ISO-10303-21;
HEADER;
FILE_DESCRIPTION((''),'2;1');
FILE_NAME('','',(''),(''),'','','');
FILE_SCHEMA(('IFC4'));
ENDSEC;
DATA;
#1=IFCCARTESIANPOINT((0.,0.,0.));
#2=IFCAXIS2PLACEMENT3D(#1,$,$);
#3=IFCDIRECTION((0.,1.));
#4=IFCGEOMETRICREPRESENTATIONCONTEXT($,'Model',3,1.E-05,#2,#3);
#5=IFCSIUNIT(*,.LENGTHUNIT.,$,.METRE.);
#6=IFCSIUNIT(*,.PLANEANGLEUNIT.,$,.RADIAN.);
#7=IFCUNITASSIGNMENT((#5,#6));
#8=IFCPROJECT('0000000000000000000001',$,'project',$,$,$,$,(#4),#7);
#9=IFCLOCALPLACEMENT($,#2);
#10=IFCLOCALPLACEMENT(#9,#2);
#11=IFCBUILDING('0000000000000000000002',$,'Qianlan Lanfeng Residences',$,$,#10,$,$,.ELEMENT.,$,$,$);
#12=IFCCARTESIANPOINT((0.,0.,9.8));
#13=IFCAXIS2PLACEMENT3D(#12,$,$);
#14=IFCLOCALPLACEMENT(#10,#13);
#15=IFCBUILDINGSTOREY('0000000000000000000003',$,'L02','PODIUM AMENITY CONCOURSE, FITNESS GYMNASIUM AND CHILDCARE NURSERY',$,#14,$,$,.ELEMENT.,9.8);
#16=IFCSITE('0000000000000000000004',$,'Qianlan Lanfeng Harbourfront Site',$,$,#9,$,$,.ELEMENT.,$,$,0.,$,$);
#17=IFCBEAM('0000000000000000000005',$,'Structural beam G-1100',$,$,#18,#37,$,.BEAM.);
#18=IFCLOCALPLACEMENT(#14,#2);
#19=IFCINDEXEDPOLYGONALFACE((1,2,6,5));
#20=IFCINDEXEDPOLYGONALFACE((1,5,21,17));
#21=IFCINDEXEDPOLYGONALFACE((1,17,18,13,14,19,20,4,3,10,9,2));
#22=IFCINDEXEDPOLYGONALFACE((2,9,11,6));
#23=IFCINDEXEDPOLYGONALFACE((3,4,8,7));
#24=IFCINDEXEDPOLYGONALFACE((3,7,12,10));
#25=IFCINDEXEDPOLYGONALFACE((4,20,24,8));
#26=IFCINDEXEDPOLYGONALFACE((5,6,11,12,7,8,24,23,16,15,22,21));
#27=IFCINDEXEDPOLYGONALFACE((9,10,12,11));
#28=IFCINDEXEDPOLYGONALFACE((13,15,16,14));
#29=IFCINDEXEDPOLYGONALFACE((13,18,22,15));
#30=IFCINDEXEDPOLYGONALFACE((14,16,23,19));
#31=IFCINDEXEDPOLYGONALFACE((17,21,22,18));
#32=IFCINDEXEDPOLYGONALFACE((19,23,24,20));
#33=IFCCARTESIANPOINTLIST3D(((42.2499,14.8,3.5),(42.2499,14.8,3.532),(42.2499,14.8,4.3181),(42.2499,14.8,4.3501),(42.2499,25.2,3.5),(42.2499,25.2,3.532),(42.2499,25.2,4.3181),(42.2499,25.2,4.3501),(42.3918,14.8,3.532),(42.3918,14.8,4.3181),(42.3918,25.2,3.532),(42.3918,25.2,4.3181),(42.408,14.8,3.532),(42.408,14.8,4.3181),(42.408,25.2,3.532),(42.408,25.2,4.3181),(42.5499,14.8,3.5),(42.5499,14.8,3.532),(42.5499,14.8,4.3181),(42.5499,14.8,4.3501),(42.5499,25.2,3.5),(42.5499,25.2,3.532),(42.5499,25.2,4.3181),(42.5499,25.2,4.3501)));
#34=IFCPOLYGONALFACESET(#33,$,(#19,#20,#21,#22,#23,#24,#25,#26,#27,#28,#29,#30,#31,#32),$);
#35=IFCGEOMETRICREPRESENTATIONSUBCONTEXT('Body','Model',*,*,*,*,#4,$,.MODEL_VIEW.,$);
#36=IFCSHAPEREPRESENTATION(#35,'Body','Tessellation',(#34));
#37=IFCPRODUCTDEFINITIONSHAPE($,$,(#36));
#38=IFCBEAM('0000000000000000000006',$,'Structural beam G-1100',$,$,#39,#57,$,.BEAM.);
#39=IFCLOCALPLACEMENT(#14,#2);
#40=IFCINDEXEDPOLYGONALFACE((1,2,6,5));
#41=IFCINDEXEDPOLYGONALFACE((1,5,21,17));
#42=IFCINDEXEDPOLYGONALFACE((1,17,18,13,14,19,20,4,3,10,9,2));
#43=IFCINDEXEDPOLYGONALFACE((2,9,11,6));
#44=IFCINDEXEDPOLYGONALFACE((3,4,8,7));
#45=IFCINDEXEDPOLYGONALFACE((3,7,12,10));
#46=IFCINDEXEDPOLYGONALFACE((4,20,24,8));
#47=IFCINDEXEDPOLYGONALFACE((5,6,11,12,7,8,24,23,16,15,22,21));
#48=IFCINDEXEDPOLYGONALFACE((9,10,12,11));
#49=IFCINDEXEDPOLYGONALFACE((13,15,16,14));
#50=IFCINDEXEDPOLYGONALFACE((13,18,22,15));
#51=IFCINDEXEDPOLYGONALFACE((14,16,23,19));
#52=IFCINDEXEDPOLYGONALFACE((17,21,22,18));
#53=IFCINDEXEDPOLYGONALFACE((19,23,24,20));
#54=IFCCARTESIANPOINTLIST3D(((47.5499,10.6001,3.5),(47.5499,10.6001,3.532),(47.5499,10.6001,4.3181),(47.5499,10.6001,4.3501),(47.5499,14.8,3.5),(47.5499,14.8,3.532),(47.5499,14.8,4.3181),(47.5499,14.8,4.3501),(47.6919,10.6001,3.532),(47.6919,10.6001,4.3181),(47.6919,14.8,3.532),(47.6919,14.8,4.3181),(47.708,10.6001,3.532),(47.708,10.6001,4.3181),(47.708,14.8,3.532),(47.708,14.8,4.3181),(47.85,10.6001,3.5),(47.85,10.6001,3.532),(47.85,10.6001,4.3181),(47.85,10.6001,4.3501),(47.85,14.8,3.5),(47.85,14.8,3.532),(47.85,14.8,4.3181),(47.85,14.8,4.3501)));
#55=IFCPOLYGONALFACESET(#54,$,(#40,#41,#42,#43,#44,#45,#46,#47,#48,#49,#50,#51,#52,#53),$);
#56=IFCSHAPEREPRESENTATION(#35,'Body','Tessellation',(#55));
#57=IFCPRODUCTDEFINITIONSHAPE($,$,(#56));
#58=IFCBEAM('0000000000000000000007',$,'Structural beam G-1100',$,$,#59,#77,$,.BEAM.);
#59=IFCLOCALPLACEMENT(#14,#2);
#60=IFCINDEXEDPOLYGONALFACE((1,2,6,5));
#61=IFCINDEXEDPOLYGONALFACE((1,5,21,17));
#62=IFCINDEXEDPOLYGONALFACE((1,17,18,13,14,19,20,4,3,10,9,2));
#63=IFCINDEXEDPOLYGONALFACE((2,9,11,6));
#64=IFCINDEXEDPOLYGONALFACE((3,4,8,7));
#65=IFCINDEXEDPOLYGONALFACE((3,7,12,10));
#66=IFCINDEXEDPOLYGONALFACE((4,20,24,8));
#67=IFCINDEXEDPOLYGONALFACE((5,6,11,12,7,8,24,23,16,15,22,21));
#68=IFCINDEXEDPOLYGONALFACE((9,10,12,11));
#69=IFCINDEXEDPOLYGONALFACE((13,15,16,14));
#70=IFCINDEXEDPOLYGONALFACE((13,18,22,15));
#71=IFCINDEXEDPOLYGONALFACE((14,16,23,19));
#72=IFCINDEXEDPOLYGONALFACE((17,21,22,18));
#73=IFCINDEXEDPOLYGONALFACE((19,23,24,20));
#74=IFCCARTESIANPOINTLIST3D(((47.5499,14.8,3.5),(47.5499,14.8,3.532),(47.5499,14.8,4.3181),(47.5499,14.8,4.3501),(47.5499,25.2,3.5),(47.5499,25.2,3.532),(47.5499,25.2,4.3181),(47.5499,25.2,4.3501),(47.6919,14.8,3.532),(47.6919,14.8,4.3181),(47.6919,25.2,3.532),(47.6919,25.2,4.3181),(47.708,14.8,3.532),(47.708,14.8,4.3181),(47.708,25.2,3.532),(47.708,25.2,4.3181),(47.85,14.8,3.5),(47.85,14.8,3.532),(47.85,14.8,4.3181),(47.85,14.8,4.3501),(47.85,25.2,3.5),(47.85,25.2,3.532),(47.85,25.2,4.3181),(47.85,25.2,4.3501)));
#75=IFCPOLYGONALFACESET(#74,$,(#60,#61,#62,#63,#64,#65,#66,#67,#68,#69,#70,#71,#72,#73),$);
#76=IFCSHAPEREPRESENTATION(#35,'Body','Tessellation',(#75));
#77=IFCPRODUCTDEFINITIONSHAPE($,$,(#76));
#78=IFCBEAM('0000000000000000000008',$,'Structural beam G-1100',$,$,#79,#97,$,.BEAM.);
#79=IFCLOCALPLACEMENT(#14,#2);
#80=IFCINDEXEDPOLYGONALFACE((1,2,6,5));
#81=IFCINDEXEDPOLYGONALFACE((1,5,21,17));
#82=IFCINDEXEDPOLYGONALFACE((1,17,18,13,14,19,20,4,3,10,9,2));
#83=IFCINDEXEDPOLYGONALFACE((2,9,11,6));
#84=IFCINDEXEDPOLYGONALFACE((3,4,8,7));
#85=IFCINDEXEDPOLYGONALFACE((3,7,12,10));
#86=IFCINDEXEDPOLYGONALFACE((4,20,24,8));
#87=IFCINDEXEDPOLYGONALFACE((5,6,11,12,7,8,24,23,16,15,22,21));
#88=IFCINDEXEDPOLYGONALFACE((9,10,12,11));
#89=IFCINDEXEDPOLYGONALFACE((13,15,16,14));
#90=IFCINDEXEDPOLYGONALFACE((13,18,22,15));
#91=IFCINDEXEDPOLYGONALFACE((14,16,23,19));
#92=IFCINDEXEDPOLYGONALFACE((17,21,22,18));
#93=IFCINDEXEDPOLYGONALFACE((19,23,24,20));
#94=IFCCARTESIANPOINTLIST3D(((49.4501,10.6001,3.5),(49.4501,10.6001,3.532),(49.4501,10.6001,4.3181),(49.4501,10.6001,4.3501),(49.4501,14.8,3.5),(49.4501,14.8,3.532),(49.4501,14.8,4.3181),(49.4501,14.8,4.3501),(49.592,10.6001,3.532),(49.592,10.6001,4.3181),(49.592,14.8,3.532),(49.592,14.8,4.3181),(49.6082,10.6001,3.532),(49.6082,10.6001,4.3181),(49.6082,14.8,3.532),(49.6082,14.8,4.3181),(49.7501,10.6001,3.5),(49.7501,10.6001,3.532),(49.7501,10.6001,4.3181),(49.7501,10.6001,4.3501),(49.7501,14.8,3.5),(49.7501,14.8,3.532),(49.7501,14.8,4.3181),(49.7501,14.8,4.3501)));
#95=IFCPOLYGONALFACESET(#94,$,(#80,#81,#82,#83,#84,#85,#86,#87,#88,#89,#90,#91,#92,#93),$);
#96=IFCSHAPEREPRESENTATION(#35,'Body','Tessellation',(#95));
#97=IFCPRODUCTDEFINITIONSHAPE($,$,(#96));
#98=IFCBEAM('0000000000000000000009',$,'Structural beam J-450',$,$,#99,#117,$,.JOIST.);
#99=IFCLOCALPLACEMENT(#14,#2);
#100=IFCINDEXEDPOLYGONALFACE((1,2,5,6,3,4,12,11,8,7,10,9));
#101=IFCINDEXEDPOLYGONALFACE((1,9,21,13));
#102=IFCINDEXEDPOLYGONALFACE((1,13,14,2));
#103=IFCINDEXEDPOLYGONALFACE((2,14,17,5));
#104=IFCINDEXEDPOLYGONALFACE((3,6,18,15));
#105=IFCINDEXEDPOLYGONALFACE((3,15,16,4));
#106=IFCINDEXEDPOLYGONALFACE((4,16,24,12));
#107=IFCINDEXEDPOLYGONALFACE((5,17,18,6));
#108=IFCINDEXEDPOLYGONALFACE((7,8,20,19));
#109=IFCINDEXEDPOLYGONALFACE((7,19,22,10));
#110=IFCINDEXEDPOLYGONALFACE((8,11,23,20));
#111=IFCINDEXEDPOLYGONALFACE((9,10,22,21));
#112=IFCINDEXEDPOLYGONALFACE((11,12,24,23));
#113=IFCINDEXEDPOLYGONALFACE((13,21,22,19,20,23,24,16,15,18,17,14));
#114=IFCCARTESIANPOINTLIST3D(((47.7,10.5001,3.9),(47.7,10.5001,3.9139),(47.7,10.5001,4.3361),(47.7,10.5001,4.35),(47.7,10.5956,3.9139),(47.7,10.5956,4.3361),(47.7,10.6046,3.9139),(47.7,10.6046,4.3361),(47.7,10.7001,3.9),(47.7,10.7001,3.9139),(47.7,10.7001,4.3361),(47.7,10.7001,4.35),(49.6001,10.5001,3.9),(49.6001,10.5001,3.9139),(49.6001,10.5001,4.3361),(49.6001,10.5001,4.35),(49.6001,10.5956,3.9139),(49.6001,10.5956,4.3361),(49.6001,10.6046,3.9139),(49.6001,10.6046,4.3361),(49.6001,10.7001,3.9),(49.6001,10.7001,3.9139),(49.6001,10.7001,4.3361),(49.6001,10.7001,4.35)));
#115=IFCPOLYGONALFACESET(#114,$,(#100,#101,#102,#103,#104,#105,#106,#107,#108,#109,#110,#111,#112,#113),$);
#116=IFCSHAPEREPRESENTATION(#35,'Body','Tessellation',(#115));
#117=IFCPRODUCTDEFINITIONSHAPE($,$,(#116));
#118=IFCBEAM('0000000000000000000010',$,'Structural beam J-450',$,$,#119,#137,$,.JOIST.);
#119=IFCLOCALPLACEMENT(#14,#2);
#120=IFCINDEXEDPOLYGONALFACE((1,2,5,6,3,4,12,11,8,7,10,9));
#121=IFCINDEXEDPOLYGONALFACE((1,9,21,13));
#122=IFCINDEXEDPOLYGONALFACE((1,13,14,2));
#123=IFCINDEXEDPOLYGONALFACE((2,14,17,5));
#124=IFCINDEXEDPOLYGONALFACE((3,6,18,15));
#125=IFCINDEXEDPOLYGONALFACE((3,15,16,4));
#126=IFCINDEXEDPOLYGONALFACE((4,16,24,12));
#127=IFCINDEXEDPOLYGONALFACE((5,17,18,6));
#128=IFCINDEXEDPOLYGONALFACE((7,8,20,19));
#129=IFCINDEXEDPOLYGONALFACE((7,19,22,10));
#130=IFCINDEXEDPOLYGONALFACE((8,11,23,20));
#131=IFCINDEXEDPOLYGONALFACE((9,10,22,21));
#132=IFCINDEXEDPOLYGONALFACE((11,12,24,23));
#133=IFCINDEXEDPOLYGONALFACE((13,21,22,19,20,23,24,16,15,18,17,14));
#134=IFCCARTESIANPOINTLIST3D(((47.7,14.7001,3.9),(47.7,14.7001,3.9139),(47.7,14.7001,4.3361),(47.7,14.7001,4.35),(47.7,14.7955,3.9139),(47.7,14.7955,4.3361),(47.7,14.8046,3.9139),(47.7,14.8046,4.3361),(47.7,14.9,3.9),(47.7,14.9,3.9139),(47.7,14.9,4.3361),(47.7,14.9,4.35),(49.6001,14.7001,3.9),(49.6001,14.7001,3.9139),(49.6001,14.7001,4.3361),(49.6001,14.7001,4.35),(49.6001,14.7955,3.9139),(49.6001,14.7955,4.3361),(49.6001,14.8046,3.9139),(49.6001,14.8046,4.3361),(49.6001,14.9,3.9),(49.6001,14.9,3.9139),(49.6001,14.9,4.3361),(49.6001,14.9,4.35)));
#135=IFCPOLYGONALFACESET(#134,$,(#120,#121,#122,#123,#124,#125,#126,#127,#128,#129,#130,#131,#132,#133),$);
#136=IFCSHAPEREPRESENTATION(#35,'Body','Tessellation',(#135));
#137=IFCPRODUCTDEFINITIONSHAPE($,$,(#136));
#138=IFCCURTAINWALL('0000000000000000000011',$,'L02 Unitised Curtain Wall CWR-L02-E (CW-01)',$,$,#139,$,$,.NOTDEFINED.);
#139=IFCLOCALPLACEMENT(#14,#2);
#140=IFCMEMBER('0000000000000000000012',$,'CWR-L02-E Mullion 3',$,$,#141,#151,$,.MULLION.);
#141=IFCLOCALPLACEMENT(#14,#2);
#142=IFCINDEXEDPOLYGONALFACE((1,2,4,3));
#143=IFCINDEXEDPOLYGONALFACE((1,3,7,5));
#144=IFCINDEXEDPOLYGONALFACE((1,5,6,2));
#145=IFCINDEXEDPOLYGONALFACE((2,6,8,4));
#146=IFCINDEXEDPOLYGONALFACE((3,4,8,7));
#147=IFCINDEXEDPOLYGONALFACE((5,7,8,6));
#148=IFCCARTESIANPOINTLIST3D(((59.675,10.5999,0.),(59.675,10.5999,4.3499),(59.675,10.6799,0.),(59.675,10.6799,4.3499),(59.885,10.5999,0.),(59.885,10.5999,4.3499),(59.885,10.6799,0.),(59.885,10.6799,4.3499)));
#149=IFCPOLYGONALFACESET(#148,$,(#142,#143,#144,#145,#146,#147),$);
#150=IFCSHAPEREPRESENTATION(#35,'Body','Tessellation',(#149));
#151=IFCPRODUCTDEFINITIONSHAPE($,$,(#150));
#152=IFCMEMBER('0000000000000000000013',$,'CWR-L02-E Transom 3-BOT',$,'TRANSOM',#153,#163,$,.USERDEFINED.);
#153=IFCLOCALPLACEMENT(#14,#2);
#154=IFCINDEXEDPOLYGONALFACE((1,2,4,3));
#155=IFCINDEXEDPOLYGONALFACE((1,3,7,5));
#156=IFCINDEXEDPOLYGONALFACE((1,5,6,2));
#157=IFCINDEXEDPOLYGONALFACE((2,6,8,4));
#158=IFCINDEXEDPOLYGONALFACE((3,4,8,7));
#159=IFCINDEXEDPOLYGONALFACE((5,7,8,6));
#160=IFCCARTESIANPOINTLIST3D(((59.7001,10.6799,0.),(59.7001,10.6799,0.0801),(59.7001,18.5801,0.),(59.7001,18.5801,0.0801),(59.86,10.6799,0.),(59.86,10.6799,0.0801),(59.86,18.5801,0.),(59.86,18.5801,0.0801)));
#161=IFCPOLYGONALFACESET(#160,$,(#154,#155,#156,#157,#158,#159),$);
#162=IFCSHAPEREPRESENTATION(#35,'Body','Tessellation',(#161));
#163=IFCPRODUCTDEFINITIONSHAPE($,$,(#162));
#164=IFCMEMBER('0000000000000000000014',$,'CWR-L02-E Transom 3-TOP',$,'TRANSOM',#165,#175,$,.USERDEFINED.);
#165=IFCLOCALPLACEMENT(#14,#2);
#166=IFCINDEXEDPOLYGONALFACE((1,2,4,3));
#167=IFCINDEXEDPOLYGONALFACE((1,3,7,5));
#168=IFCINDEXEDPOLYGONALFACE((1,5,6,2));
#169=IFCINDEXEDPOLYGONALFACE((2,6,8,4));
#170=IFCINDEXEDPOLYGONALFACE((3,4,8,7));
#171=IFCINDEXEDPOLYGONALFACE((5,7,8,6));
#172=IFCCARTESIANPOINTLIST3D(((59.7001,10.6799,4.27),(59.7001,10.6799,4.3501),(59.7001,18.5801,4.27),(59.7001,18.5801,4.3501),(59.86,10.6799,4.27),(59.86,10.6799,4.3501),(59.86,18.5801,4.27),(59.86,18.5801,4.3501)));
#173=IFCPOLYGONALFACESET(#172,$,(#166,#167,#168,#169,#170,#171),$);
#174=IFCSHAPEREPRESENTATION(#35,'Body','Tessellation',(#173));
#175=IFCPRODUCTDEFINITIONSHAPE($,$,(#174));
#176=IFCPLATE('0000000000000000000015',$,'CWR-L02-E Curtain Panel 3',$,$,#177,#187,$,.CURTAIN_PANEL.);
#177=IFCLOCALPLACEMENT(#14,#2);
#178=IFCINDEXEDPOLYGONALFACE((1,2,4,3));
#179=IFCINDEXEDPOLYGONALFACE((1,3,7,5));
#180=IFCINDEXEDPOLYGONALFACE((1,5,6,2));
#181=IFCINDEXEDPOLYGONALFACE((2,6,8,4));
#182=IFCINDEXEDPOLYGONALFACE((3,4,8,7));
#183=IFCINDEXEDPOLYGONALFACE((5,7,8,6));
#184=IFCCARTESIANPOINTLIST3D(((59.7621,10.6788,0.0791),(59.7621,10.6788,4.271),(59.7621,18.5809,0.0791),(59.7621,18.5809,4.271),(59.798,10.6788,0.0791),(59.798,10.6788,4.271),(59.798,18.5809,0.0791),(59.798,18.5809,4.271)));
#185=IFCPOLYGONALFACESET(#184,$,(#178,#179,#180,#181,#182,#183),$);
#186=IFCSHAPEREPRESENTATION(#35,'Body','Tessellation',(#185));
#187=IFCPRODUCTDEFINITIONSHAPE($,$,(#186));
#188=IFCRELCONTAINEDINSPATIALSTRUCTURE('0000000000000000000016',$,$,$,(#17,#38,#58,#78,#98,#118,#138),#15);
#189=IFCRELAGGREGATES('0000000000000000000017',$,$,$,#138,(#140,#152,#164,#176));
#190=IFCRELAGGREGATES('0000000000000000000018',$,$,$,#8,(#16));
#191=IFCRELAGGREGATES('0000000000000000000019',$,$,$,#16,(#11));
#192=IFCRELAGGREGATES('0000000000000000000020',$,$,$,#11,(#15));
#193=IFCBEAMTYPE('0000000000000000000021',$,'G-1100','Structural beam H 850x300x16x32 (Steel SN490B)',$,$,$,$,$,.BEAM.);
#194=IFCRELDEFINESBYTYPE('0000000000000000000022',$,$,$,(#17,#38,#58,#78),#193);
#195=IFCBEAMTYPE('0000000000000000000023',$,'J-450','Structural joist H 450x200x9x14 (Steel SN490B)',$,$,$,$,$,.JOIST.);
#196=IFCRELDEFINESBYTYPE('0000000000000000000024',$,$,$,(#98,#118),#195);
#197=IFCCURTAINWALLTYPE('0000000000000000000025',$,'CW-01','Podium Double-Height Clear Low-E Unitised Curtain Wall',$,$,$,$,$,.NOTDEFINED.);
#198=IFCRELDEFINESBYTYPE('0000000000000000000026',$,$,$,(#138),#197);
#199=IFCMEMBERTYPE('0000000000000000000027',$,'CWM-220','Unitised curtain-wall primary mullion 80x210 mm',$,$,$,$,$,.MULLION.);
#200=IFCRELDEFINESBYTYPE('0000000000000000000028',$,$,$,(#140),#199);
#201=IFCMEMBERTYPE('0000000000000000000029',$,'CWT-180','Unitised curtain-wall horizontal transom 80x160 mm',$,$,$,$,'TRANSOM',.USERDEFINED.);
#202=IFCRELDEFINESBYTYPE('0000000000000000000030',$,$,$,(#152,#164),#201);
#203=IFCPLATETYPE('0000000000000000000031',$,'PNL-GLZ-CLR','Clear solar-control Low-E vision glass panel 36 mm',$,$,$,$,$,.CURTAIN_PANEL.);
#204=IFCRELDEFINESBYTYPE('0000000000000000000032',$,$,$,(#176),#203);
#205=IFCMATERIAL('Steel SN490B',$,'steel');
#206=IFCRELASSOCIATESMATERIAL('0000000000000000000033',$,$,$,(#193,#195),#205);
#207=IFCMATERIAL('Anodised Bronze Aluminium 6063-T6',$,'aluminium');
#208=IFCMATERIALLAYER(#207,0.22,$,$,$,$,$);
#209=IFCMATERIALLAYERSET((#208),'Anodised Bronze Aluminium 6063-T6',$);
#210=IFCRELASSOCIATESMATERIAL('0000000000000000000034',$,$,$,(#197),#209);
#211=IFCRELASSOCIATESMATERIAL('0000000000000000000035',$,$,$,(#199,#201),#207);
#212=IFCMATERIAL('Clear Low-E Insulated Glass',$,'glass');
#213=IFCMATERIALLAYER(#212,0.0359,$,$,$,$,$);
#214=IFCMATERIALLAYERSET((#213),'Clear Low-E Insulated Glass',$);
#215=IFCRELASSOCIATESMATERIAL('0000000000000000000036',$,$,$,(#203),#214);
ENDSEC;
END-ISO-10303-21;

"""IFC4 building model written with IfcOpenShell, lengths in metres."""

from ifc_helpers import new_model, si_unit, direction, frame, origin, origin_2d, place, context, subcontext, project, spatial, rectangle, i_section, extrude, source, transform, mapped, material, layer, layer_set, material_profile, profile_set, type_object, element, aggregate, save


model = new_model("IFC4")

# Units and contexts
model_context = context("Model", 3, precision=1e-05, world=origin(), true_north=direction((0.0, 1.0)))
body_context = subcontext(model_context, "Body", "Model", "MODEL_VIEW")
ifc_project = project(units=[si_unit("LENGTHUNIT", "METRE"), si_unit("PLANEANGLEUNIT", "RADIAN")], contexts=[model_context])

# Site, building, storey
site_placement = place(None, origin())
site = spatial("IfcSite", under=ifc_project, at=site_placement, Name="Qianlan Lanfeng Harbourfront Site", CompositionType="ELEMENT", RefElevation=0.0)
building_placement = place(site_placement, origin())
building = spatial("IfcBuilding", under=site, at=building_placement, Name="Qianlan Lanfeng Residences", CompositionType="ELEMENT")
storey_placement = place(building_placement, frame((0.0, 0.0, 9.8)))
storey = spatial("IfcBuildingStorey", under=building, at=storey_placement, Name="L02", Description="PODIUM AMENITY CONCOURSE, FITNESS GYMNASIUM AND CHILDCARE NURSERY", CompositionType="ELEMENT", Elevation=9.8)

# Beams
ifc_material_1 = material(Name="Steel SN490B", Category="steel")
ifc_material_profile_1 = material_profile(ifc_material_1, i_section(OverallWidth=0.3, OverallDepth=0.8501, WebThickness=0.0161, FlangeThickness=0.032, at=origin_2d()), Name="H 850x300x16x32")
ifc_profile_set_1 = profile_set([ifc_material_profile_1], Name="Steel SN490B")
beam_type_1 = type_object("IfcBeamType", Name="G-1100", Description="Structural beam H 850x300x16x32 (Steel SN490B)", PredefinedType="BEAM", material=ifc_profile_set_1)
beam_1_placement = place(storey_placement, frame((42.3999, 14.8, 3.925), z_axis=(0.0, 1.0, 0.0), x_axis=(-1.0, 0.0, 0.0)))
element("IfcBeam", 1, at=beam_1_placement, inside=storey, type_object=beam_type_1, Name="Structural beam G-1100", PredefinedType="BEAM", context=body_context, shape_type="SweptSolid", body=[
    extrude(i_section(OverallWidth=0.3, OverallDepth=0.8501, WebThickness=0.0161, FlangeThickness=0.032, at=origin_2d()), origin(), (0.0, 0.0, 1.0), 10.3999),
])
beam_2_placement = place(storey_placement, frame((47.7, 10.6001, 3.925), z_axis=(0.0, 1.0, 0.0), x_axis=(-1.0, 0.0, 0.0)))
element("IfcBeam", 2, at=beam_2_placement, inside=storey, type_object=beam_type_1, Name="Structural beam G-1100", PredefinedType="BEAM", context=body_context, shape_type="SweptSolid", body=[
    extrude(i_section(OverallWidth=0.3, OverallDepth=0.8501, WebThickness=0.0161, FlangeThickness=0.032, at=origin_2d()), origin(), (0.0, 0.0, 1.0), 4.2),
])
beam_3_placement = place(storey_placement, frame((47.7, 14.8, 3.925), z_axis=(0.0, 1.0, 0.0), x_axis=(-1.0, 0.0, 0.0)))
element("IfcBeam", 3, at=beam_3_placement, inside=storey, type_object=beam_type_1, Name="Structural beam G-1100", PredefinedType="BEAM", context=body_context, shape_type="SweptSolid", body=[
    extrude(i_section(OverallWidth=0.3, OverallDepth=0.8501, WebThickness=0.0161, FlangeThickness=0.032, at=origin_2d()), origin(), (0.0, 0.0, 1.0), 10.3999),
])
beam_4_placement = place(storey_placement, frame((49.6001, 10.6001, 3.925), z_axis=(0.0, 1.0, 0.0), x_axis=(-1.0, 0.0, 0.0)))
element("IfcBeam", 4, at=beam_4_placement, inside=storey, type_object=beam_type_1, Name="Structural beam G-1100", PredefinedType="BEAM", context=body_context, shape_type="SweptSolid", body=[
    extrude(i_section(OverallWidth=0.3, OverallDepth=0.8501, WebThickness=0.0161, FlangeThickness=0.032, at=origin_2d()), origin(), (0.0, 0.0, 1.0), 4.2),
])
ifc_material_profile_2 = material_profile(ifc_material_1, i_section(OverallWidth=0.2, OverallDepth=0.45, WebThickness=0.009, FlangeThickness=0.0139, at=origin_2d()), Name="H 450x200x9x14")
ifc_profile_set_2 = profile_set([ifc_material_profile_2], Name="Steel SN490B")
beam_type_2 = type_object("IfcBeamType", Name="J-450", Description="Structural joist H 450x200x9x14 (Steel SN490B)", PredefinedType="JOIST", material=ifc_profile_set_2)
for number, where, z_axis, x_axis, name in (
    (5, (47.7, 10.6001, 4.125), (1.0, 0.0, 0.0), (0.0, 1.0, 0.0), "Structural beam J-450"),
    (6, (47.7, 14.8, 4.125), (1.0, 0.0, 0.0), (0.0, 1.0, 0.0), "Structural beam J-450"),
):
    element("IfcBeam", number, at=place(storey_placement, frame(where, z_axis=z_axis, x_axis=x_axis)), inside=storey, type_object=beam_type_2, Name=name, PredefinedType="JOIST", context=body_context, shape_type="SweptSolid", body=[
        extrude(i_section(OverallWidth=0.2, OverallDepth=0.45, WebThickness=0.009, FlangeThickness=0.0139, at=origin_2d()), origin(), (0.0, 0.0, 1.0), 1.9001),
    ])

# Curtain wall, members, plate
ifc_material_2 = material(Name="Anodised Bronze Aluminium 6063-T6", Category="aluminium")
ifc_layer_1 = layer(ifc_material_2, 0.22)
ifc_layer_set_1 = layer_set([ifc_layer_1], Name="Anodised Bronze Aluminium 6063-T6")
curtain_wall_type = type_object("IfcCurtainWallType", Name="CW-01", Description="Podium Double-Height Clear Low-E Unitised Curtain Wall", PredefinedType="NOTDEFINED", material=ifc_layer_set_1)
curtain_wall_placement = place(storey_placement, origin())
curtain_wall = element("IfcCurtainWall", 7, at=curtain_wall_placement, inside=storey, type_object=curtain_wall_type, Name="L02 Unitised Curtain Wall CWR-L02-E (CW-01)", PredefinedType="NOTDEFINED")
ifc_material_profile_3 = material_profile(ifc_material_2, rectangle(XDim=0.0801, YDim=0.21, at=origin_2d()), Name="ALU MULLION 80x210")
ifc_profile_set_3 = profile_set([ifc_material_profile_3], Name="Anodised Bronze Aluminium 6063-T6")
member_type_1 = type_object("IfcMemberType", Name="CWM-220", Description="Unitised curtain-wall primary mullion 80x210 mm", PredefinedType="MULLION", material=ifc_profile_set_3)
shared_shape_1 = source(origin(), body_context, "Body", "SweptSolid", [
    extrude(rectangle(XDim=0.0801, YDim=0.21, at=origin_2d()), origin(), (0.0, 0.0, 1.0), 4.3499),
])
member_1_placement = place(storey_placement, frame((59.78, 10.6399, 0.0), z_axis=(0.0, 0.0, 1.0), x_axis=(0.0, 1.0, 0.0)))
member_1 = element("IfcMember", 8, at=member_1_placement, type_object=member_type_1, Name="CWR-L02-E Mullion 3", PredefinedType="MULLION", context=body_context, shape_type="MappedRepresentation", body=[
    mapped(shared_shape_1, transform((0.0, 0.0, 0.0), scale=1.0)),
])
ifc_material_profile_4 = material_profile(ifc_material_2, rectangle(XDim=0.0801, YDim=0.1599, at=origin_2d()), Name="ALU TRANSOM 80x160")
ifc_profile_set_4 = profile_set([ifc_material_profile_4], Name="Anodised Bronze Aluminium 6063-T6")
member_type_2 = type_object("IfcMemberType", Name="CWT-180", Description="Unitised curtain-wall horizontal transom 80x160 mm", ElementType="TRANSOM", PredefinedType="USERDEFINED", material=ifc_profile_set_4)
shared_shape_2 = source(origin(), body_context, "Body", "SweptSolid", [
    extrude(rectangle(XDim=0.0801, YDim=0.1599, at=origin_2d()), origin(), (0.0, 0.0, 1.0), 7.9001),
])
member_2_placement = place(storey_placement, frame((59.78, 10.6799, 0.04), z_axis=(0.0, 1.0, 0.0), x_axis=(0.0, 0.0, 1.0)))
member_2 = element("IfcMember", 9, at=member_2_placement, type_object=member_type_2, Name="CWR-L02-E Transom 3-BOT", ObjectType="TRANSOM", PredefinedType="USERDEFINED", context=body_context, shape_type="MappedRepresentation", body=[
    mapped(shared_shape_2, transform((0.0, 0.0, 0.0), scale=1.0)),
])
member_3_placement = place(storey_placement, frame((59.78, 10.6799, 4.3101), z_axis=(0.0, 1.0, 0.0), x_axis=(0.0, 0.0, 1.0)))
member_3 = element("IfcMember", 10, at=member_3_placement, type_object=member_type_2, Name="CWR-L02-E Transom 3-TOP", ObjectType="TRANSOM", PredefinedType="USERDEFINED", context=body_context, shape_type="MappedRepresentation", body=[
    mapped(shared_shape_2, transform((0.0, 0.0, 0.0), scale=1.0)),
])
ifc_material_3 = material(Name="Clear Low-E Insulated Glass", Category="glass")
ifc_layer_2 = layer(ifc_material_3, 0.0359)
ifc_layer_set_2 = layer_set([ifc_layer_2], Name="Clear Low-E Insulated Glass")
plate_type_1 = type_object("IfcPlateType", Name="PNL-GLZ-CLR", Description="Clear solar-control Low-E vision glass panel 36 mm", PredefinedType="CURTAIN_PANEL", material=ifc_layer_set_2)
shared_shape_3 = source(origin(), body_context, "Body", "SweptSolid", [
    extrude(rectangle(XDim=7.9021, YDim=0.0359, at=origin_2d()), origin(), (0.0, 0.0, 1.0), 4.1919),
])
plate_1_placement = place(storey_placement, frame((59.78, 14.6299, 0.0791), z_axis=(0.0, 0.0, 1.0), x_axis=(0.0, 1.0, 0.0)))
plate_1 = element("IfcPlate", 11, at=plate_1_placement, type_object=plate_type_1, Name="CWR-L02-E Curtain Panel 3", PredefinedType="CURTAIN_PANEL", context=body_context, shape_type="MappedRepresentation", body=[
    mapped(shared_shape_3, transform((0.0, 0.0, 0.0), scale=1.0)),
])
aggregate(curtain_wall, [member_1, member_2, member_3, plate_1])

save(model, "model.ifc")
